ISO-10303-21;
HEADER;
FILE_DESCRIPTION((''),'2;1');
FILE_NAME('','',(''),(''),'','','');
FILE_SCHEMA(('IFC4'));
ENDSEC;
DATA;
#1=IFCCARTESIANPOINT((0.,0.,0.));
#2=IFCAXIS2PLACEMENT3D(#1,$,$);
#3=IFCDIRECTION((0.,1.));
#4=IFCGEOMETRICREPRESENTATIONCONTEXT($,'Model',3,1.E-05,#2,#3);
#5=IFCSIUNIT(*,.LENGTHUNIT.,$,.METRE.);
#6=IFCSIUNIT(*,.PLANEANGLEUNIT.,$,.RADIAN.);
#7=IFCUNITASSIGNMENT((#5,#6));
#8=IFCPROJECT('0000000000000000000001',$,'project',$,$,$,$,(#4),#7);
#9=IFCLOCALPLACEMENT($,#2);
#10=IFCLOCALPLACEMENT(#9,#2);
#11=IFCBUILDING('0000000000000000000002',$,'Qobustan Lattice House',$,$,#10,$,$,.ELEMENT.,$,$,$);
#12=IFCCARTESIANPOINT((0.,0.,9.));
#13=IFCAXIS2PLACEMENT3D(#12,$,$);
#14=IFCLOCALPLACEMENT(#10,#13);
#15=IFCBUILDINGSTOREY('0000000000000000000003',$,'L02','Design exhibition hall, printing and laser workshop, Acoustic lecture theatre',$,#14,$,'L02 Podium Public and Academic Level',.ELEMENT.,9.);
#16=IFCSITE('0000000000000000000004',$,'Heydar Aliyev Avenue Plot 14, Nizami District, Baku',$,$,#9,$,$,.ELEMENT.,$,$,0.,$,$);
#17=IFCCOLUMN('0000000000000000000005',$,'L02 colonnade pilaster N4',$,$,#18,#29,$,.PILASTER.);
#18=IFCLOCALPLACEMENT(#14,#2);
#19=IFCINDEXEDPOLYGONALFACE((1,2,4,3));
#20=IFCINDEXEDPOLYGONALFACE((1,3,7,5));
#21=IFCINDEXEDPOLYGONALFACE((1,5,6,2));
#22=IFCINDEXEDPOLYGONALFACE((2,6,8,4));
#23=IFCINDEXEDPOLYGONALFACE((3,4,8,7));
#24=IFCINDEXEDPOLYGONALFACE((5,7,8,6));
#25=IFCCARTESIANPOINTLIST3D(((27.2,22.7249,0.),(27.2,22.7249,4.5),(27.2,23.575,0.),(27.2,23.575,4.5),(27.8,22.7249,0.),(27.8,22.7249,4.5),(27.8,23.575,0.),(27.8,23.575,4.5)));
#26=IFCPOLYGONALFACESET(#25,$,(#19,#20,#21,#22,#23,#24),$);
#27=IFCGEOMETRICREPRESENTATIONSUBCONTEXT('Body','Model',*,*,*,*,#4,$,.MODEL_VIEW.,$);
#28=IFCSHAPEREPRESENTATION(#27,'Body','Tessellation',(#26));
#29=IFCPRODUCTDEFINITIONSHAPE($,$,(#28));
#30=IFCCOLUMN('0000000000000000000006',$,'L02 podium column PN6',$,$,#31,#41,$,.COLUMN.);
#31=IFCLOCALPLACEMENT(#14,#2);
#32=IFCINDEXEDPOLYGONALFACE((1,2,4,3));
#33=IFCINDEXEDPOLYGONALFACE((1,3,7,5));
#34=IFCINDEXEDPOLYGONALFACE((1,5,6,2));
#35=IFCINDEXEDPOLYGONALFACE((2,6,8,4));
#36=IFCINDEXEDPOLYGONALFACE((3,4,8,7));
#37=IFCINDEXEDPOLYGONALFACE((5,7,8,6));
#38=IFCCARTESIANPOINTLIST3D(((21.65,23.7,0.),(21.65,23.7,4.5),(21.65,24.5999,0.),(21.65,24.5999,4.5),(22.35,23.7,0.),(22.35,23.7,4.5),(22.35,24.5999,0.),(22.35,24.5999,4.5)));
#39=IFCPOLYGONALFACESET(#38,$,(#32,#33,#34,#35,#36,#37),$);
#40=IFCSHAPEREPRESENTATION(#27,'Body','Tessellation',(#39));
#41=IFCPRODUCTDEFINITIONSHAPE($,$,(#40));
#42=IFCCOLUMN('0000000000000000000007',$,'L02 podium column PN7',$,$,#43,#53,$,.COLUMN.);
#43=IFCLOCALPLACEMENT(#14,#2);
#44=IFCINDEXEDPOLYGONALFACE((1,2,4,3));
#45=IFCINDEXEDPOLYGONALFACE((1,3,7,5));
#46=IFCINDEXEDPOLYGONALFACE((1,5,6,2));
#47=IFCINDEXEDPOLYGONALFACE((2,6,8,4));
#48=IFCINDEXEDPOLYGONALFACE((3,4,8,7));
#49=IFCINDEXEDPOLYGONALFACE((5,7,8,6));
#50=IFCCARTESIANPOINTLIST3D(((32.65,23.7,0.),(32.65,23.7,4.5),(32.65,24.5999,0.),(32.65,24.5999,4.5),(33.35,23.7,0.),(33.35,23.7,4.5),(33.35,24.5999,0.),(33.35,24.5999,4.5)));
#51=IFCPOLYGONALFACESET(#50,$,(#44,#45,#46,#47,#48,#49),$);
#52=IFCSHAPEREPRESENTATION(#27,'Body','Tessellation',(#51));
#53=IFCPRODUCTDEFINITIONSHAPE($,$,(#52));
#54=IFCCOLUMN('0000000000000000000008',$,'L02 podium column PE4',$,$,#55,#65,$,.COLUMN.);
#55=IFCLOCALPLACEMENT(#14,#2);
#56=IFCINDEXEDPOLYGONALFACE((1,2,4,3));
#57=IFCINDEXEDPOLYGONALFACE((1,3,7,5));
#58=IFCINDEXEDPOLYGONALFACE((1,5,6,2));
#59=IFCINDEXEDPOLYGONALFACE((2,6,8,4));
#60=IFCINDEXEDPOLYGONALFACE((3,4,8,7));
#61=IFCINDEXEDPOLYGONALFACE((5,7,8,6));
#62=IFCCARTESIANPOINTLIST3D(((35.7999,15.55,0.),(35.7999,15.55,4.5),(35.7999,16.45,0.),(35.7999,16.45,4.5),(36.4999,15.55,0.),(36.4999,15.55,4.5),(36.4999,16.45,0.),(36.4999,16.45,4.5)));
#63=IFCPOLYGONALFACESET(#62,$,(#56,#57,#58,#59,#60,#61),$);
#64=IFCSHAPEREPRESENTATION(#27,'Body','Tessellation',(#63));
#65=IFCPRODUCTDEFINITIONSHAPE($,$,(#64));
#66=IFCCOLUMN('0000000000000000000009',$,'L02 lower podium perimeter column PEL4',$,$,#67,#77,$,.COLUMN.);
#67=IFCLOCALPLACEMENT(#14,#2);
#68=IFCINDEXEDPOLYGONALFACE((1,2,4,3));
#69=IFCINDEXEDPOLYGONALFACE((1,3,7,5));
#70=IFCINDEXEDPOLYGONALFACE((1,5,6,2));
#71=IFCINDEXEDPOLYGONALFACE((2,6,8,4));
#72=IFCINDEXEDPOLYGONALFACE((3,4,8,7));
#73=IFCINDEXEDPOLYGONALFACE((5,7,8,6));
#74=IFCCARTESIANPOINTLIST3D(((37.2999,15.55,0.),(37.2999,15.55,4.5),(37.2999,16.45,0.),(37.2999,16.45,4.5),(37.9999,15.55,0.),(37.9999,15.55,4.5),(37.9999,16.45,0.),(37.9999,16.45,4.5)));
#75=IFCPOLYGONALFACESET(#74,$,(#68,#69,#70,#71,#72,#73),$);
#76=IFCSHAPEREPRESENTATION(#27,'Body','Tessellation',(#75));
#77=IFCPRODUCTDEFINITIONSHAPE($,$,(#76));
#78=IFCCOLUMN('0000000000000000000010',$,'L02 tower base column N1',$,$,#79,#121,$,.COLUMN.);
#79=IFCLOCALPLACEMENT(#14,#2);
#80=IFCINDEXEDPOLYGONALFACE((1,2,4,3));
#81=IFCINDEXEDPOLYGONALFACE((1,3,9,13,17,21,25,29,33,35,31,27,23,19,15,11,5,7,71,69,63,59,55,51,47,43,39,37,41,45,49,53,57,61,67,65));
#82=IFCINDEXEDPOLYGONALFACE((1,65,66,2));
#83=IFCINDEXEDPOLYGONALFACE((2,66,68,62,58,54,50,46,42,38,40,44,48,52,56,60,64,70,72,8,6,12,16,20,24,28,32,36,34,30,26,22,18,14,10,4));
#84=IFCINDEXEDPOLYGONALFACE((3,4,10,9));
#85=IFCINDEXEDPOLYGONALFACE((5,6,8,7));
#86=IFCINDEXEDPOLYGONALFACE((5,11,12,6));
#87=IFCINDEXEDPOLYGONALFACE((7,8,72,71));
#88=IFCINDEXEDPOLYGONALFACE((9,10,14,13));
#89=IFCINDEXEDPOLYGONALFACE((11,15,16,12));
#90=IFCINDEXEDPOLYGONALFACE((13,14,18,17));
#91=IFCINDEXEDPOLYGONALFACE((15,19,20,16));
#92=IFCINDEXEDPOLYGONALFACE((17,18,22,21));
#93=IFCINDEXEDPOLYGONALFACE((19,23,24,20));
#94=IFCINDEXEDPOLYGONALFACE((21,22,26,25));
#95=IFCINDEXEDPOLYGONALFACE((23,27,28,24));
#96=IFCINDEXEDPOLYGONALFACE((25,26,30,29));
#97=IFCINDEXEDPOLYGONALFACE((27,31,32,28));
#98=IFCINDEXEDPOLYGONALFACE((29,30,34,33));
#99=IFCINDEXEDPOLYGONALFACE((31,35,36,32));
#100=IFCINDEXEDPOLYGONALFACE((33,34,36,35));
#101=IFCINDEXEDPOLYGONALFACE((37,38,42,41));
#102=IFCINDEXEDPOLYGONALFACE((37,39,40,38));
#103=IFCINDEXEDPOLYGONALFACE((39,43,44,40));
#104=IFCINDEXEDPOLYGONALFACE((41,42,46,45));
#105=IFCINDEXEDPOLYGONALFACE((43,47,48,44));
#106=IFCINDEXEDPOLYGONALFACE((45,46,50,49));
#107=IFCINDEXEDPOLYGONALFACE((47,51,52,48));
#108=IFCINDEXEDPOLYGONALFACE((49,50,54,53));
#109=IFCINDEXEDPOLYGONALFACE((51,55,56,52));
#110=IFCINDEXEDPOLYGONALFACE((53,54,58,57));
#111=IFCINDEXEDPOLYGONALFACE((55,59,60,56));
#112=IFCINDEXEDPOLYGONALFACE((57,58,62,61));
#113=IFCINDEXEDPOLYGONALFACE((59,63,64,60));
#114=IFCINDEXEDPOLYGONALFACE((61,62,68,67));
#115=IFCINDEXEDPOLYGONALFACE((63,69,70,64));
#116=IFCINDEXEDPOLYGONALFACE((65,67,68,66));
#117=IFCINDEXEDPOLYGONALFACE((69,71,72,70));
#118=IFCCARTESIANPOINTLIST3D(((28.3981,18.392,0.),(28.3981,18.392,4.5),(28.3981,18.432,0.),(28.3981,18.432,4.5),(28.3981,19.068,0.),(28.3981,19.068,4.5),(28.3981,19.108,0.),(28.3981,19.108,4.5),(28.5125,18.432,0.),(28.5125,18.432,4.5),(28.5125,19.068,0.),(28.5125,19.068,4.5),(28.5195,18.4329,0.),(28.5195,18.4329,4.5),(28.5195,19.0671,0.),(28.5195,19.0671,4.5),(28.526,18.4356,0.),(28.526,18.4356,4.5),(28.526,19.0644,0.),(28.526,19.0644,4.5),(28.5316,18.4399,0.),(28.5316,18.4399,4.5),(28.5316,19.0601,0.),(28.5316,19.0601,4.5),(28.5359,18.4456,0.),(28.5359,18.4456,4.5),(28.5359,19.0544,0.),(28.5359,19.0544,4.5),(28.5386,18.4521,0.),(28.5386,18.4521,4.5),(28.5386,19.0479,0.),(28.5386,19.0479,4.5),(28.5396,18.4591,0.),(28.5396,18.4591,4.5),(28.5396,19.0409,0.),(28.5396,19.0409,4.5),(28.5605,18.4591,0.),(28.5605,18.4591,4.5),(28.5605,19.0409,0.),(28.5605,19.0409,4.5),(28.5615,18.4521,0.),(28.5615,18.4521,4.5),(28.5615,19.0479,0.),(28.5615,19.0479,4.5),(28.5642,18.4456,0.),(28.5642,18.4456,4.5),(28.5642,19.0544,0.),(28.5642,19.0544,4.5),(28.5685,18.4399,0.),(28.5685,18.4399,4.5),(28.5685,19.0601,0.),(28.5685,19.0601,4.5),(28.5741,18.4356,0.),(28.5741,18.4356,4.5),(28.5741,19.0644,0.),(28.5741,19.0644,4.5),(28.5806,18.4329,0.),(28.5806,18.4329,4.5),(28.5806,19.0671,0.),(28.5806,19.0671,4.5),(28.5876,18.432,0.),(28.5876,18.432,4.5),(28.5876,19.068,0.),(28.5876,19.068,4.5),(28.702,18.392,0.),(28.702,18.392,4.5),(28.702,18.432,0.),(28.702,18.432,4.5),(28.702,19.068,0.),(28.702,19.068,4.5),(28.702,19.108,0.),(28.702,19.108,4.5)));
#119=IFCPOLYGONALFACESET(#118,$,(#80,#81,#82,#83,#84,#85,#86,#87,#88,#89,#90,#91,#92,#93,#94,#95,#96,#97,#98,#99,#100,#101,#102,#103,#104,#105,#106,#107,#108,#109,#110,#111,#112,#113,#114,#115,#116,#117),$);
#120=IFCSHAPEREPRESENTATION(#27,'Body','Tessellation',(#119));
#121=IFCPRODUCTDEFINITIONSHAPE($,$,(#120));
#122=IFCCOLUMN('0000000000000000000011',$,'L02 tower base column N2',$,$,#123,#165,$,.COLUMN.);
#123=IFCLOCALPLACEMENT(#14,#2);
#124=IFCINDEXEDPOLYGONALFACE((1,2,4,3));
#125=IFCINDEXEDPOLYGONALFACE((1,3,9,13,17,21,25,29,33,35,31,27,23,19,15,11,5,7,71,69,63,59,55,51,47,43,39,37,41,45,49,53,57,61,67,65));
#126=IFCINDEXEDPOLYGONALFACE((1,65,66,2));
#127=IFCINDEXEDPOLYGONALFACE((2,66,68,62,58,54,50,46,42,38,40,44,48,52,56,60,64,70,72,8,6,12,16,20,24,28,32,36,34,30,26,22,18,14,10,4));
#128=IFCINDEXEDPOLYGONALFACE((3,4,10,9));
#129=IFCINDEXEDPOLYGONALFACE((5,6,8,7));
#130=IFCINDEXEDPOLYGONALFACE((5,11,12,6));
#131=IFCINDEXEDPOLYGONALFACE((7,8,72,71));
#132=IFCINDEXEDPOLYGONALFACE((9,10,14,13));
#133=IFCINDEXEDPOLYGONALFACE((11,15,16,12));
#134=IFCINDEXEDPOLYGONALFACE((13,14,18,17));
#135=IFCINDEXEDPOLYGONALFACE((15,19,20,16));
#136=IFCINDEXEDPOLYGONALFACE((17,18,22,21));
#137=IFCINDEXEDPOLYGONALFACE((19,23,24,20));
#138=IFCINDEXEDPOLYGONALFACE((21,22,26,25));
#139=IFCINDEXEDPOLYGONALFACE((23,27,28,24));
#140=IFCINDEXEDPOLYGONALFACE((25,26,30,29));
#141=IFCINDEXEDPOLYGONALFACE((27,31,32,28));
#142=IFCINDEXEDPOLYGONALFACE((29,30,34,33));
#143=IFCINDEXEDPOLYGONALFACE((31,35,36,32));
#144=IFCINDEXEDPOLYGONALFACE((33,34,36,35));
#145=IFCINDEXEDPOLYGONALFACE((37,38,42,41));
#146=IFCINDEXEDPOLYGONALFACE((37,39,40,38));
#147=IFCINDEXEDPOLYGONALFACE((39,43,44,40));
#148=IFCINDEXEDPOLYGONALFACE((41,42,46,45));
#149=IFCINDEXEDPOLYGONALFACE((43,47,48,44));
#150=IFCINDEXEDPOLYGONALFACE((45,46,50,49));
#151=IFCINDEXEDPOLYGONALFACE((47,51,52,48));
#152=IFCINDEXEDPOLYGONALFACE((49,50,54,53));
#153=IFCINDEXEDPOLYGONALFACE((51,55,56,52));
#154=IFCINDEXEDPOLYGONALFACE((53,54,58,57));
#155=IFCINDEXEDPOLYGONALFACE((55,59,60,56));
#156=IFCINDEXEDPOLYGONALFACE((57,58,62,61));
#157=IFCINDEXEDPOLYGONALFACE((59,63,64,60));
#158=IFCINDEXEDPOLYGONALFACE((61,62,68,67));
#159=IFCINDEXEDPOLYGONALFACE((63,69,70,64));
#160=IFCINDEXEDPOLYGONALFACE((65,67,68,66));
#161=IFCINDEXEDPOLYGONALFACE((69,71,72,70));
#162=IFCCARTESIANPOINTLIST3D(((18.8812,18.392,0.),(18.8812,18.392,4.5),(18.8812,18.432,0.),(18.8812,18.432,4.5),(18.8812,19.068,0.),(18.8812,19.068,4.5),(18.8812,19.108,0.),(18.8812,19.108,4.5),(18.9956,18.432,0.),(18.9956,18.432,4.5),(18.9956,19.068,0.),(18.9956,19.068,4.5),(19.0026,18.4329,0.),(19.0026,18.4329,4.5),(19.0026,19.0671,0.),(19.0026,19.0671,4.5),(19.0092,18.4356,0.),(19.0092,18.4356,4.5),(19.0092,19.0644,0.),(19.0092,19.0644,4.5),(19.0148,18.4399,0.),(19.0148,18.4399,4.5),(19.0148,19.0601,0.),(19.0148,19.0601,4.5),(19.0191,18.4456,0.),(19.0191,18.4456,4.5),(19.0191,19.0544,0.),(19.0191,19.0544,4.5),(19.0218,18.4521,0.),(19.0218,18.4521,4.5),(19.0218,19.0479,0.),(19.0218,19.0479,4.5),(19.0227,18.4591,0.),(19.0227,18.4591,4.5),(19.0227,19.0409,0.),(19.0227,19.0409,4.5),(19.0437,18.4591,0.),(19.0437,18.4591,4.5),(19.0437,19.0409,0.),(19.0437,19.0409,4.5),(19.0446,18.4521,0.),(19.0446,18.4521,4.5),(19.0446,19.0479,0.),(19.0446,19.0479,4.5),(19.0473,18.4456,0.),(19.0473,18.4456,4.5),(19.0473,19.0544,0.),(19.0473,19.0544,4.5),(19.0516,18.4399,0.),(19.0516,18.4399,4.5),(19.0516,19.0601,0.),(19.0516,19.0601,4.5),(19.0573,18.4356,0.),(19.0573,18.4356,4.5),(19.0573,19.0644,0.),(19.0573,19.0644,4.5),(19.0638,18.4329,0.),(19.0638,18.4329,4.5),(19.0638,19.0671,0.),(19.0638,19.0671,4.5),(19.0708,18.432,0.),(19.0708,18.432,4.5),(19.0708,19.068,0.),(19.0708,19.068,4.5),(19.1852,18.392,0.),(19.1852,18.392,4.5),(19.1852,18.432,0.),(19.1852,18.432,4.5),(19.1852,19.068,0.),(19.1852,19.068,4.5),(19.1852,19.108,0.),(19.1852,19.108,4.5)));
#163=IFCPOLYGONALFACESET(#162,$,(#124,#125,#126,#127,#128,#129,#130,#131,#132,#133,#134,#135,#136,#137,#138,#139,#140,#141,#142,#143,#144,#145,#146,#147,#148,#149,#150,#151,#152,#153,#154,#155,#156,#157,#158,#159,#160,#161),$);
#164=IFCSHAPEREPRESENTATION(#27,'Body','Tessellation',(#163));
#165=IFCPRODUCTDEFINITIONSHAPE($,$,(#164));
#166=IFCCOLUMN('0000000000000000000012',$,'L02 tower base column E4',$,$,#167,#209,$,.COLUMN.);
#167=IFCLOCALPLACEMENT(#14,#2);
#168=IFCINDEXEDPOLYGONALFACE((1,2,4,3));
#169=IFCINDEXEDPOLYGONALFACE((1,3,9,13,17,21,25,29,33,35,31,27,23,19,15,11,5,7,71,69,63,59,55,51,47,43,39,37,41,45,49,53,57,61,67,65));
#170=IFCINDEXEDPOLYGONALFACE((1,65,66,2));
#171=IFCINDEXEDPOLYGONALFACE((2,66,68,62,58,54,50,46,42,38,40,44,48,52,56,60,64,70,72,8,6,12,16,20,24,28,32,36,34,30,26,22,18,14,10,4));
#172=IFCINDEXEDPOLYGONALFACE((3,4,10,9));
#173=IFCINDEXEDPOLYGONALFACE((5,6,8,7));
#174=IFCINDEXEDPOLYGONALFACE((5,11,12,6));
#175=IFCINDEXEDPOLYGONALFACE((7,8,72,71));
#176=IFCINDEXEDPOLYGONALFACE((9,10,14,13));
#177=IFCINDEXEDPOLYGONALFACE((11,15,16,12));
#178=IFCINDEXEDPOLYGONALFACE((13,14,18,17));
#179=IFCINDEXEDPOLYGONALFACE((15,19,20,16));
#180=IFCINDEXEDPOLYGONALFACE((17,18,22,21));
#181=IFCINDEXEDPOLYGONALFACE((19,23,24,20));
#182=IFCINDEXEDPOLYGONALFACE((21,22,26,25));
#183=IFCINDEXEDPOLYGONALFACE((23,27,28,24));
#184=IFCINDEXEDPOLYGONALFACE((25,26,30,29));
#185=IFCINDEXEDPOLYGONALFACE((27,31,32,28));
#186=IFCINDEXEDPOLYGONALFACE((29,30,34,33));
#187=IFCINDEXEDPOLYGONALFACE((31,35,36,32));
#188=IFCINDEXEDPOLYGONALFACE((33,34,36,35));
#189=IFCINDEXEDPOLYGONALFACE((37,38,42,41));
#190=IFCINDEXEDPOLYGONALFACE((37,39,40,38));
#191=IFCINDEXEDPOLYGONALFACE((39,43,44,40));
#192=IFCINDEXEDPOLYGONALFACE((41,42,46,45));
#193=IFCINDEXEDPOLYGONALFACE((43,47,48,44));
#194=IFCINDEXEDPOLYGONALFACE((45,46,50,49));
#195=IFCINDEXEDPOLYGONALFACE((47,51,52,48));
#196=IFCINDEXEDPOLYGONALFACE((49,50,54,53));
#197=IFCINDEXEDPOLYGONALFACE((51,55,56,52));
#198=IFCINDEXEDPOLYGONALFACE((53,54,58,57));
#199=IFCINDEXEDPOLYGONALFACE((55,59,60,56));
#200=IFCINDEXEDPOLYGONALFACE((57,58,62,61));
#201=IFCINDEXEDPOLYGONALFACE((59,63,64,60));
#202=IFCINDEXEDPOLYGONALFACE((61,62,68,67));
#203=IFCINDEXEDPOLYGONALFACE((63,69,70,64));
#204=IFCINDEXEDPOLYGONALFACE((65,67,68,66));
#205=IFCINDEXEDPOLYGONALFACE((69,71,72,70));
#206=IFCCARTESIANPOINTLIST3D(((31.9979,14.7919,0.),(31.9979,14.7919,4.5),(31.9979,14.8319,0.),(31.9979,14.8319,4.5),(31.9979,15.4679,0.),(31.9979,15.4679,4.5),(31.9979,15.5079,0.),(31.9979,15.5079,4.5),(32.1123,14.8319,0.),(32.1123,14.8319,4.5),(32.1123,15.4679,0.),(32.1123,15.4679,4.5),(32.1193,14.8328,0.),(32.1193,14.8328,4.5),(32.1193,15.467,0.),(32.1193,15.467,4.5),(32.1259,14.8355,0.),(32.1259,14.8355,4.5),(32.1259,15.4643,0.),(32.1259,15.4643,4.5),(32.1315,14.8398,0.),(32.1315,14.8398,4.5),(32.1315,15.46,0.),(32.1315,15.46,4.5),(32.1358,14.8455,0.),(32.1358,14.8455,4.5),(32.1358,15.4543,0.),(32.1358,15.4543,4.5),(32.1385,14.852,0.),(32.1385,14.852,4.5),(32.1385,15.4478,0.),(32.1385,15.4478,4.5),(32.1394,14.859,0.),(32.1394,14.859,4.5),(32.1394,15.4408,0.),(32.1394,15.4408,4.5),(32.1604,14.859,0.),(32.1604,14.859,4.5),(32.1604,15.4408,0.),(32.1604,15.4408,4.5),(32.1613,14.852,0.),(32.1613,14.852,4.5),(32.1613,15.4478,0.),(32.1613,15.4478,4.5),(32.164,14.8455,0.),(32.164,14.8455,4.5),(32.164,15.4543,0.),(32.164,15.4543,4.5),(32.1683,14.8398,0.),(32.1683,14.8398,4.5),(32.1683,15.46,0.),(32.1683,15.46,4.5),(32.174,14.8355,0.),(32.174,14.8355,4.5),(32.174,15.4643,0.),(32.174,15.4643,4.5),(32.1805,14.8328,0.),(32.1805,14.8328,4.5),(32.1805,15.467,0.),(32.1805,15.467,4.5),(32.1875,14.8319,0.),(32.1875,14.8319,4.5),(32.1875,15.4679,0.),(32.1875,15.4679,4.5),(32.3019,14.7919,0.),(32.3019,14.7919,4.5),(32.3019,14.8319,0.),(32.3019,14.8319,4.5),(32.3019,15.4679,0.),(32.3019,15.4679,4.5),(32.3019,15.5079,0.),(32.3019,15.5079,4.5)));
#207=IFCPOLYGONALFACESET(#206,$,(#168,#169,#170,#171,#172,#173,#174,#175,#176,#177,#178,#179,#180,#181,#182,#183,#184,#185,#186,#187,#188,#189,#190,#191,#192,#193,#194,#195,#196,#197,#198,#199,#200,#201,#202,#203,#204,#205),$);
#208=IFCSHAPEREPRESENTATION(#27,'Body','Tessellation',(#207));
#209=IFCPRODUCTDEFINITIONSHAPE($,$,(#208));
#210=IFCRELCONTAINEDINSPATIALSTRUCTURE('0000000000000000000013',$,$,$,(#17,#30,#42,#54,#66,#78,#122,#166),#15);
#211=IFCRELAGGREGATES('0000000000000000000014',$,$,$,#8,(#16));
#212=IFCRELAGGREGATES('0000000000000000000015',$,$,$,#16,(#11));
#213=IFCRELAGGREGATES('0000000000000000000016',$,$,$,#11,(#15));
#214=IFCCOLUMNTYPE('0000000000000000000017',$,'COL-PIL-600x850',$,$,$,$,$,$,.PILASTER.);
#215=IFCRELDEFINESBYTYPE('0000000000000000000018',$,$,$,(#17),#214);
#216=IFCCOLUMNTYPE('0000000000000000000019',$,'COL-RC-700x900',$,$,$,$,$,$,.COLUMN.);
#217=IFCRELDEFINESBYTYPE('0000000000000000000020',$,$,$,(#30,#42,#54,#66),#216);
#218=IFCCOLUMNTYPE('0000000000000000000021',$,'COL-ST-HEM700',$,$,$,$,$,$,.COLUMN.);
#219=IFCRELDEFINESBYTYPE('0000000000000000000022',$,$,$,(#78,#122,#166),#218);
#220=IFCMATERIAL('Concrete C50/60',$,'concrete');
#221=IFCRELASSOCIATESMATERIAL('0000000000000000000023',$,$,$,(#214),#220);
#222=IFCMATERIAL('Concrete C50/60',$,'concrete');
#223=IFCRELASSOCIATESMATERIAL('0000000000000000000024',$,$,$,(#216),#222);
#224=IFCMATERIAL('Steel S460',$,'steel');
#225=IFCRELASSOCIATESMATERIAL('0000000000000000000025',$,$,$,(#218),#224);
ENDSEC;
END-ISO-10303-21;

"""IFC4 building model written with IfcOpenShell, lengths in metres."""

from ifc_helpers import new_model, si_unit, direction, frame, origin, origin_2d, place, context, subcontext, project, spatial, rectangle, i_section, extrude, material, material_profile, profile_set, type_object, element, save


model = new_model("IFC4")

# Units and contexts
model_context = context("Model", 3, precision=1e-05, world=origin(), true_north=direction((0.0, 1.0)))
body_context = subcontext(model_context, "Body", "Model", "MODEL_VIEW")
ifc_project = project(units=[si_unit("LENGTHUNIT", "METRE"), si_unit("PLANEANGLEUNIT", "RADIAN")], contexts=[model_context])

# Site, building, storey
site_placement = place(None, origin())
site = spatial("IfcSite", under=ifc_project, at=site_placement, Name="Heydar Aliyev Avenue Plot 14, Nizami District, Baku", CompositionType="ELEMENT", RefElevation=0.0)
building_placement = place(site_placement, origin())
building = spatial("IfcBuilding", under=site, at=building_placement, Name="Qobustan Lattice House", CompositionType="ELEMENT")
storey_placement = place(building_placement, frame((0.0, 0.0, 9.0)))
storey = spatial("IfcBuildingStorey", under=building, at=storey_placement, Name="L02", Description="Design exhibition hall, printing and laser workshop, Acoustic lecture theatre", LongName="L02 Podium Public and Academic Level", CompositionType="ELEMENT", Elevation=9.0)

# Columns
ifc_material_1 = material(Name="Concrete C50/60", Category="concrete")
ifc_material_profile_1 = material_profile(ifc_material_1, rectangle(XDim=0.6001, YDim=0.8501, at=origin_2d()), Name="RC600x850")
ifc_profile_set_1 = profile_set([ifc_material_profile_1], Name="Concrete C50/60")
column_type_1 = type_object("IfcColumnType", Name="COL-PIL-600x850", PredefinedType="PILASTER", material=ifc_profile_set_1)
column_placement = place(storey_placement, frame((27.5, 23.1499, 0.0), z_axis=(0.0, 0.0, 1.0), x_axis=(1.0, 0.0, 0.0)))
element("IfcColumn", 1, at=column_placement, inside=storey, type_object=column_type_1, Name="L02 colonnade pilaster N4", PredefinedType="PILASTER", context=body_context, shape_type="SweptSolid", body=[
    extrude(rectangle(XDim=0.6001, YDim=0.8501, at=origin_2d()), origin(), (0.0, 0.0, 1.0), 4.5),
])
ifc_material_2 = material(Name="Concrete C50/60", Category="concrete")
ifc_material_profile_2 = material_profile(ifc_material_2, rectangle(XDim=0.7, YDim=0.8999, at=origin_2d()), Name="RC700x900")
ifc_profile_set_2 = profile_set([ifc_material_profile_2], Name="Concrete C50/60")
column_type_2 = type_object("IfcColumnType", Name="COL-RC-700x900", PredefinedType="COLUMN", material=ifc_profile_set_2)
for number, where, z_axis, x_axis, name in (
    (2, (22.0, 24.1499, 0.0), (0.0, 0.0, 1.0), (1.0, 0.0, 0.0), "L02 podium column PN6"),
    (3, (33.0, 24.1499, 0.0), (0.0, 0.0, 1.0), (1.0, 0.0, 0.0), "L02 podium column PN7"),
    (4, (36.1499, 16.0, 0.0), (0.0, 0.0, 1.0), (1.0, 0.0, 0.0), "L02 podium column PE4"),
    (5, (37.6499, 16.0, 0.0), (0.0, 0.0, 1.0), (1.0, 0.0, 0.0), "L02 lower podium perimeter column PEL4"),
):
    element("IfcColumn", number, at=place(storey_placement, frame(where, z_axis=z_axis, x_axis=x_axis)), inside=storey, type_object=column_type_2, Name=name, PredefinedType="COLUMN", context=body_context, shape_type="SweptSolid", body=[
        extrude(rectangle(XDim=0.7, YDim=0.8999, at=origin_2d()), origin(), (0.0, 0.0, 1.0), 4.5),
    ])
ifc_material_3 = material(Name="Steel S460", Category="steel")
ifc_material_profile_3 = material_profile(ifc_material_3, i_section(OverallWidth=0.304, OverallDepth=0.7161, WebThickness=0.021, FlangeThickness=0.04, FilletRadius=0.0271, at=origin_2d()), Name="HEM700")
ifc_profile_set_3 = profile_set([ifc_material_profile_3], Name="Steel S460")
column_type_3 = type_object("IfcColumnType", Name="COL-ST-HEM700", PredefinedType="COLUMN", material=ifc_profile_set_3)
for number, where, z_axis, x_axis, name in (
    (6, (28.55, 18.75, 0.0), (0.0, 0.0, 1.0), (1.0, 0.0, 0.0), "L02 tower base column N1"),
    (7, (19.0332, 18.75, 0.0), (0.0, 0.0, 1.0), (1.0, 0.0, 0.0), "L02 tower base column N2"),
    (8, (32.1499, 15.1499, 0.0), (0.0, 0.0, 1.0), (1.0, 0.0, 0.0), "L02 tower base column E4"),
):
    element("IfcColumn", number, at=place(storey_placement, frame(where, z_axis=z_axis, x_axis=x_axis)), inside=storey, type_object=column_type_3, Name=name, PredefinedType="COLUMN", context=body_context, shape_type="SweptSolid", body=[
        extrude(i_section(OverallWidth=0.304, OverallDepth=0.7161, WebThickness=0.021, FlangeThickness=0.04, FilletRadius=0.0271, at=origin_2d()), origin(), (0.0, 0.0, 1.0), 4.5),
    ])

save(model, "model.ifc")
